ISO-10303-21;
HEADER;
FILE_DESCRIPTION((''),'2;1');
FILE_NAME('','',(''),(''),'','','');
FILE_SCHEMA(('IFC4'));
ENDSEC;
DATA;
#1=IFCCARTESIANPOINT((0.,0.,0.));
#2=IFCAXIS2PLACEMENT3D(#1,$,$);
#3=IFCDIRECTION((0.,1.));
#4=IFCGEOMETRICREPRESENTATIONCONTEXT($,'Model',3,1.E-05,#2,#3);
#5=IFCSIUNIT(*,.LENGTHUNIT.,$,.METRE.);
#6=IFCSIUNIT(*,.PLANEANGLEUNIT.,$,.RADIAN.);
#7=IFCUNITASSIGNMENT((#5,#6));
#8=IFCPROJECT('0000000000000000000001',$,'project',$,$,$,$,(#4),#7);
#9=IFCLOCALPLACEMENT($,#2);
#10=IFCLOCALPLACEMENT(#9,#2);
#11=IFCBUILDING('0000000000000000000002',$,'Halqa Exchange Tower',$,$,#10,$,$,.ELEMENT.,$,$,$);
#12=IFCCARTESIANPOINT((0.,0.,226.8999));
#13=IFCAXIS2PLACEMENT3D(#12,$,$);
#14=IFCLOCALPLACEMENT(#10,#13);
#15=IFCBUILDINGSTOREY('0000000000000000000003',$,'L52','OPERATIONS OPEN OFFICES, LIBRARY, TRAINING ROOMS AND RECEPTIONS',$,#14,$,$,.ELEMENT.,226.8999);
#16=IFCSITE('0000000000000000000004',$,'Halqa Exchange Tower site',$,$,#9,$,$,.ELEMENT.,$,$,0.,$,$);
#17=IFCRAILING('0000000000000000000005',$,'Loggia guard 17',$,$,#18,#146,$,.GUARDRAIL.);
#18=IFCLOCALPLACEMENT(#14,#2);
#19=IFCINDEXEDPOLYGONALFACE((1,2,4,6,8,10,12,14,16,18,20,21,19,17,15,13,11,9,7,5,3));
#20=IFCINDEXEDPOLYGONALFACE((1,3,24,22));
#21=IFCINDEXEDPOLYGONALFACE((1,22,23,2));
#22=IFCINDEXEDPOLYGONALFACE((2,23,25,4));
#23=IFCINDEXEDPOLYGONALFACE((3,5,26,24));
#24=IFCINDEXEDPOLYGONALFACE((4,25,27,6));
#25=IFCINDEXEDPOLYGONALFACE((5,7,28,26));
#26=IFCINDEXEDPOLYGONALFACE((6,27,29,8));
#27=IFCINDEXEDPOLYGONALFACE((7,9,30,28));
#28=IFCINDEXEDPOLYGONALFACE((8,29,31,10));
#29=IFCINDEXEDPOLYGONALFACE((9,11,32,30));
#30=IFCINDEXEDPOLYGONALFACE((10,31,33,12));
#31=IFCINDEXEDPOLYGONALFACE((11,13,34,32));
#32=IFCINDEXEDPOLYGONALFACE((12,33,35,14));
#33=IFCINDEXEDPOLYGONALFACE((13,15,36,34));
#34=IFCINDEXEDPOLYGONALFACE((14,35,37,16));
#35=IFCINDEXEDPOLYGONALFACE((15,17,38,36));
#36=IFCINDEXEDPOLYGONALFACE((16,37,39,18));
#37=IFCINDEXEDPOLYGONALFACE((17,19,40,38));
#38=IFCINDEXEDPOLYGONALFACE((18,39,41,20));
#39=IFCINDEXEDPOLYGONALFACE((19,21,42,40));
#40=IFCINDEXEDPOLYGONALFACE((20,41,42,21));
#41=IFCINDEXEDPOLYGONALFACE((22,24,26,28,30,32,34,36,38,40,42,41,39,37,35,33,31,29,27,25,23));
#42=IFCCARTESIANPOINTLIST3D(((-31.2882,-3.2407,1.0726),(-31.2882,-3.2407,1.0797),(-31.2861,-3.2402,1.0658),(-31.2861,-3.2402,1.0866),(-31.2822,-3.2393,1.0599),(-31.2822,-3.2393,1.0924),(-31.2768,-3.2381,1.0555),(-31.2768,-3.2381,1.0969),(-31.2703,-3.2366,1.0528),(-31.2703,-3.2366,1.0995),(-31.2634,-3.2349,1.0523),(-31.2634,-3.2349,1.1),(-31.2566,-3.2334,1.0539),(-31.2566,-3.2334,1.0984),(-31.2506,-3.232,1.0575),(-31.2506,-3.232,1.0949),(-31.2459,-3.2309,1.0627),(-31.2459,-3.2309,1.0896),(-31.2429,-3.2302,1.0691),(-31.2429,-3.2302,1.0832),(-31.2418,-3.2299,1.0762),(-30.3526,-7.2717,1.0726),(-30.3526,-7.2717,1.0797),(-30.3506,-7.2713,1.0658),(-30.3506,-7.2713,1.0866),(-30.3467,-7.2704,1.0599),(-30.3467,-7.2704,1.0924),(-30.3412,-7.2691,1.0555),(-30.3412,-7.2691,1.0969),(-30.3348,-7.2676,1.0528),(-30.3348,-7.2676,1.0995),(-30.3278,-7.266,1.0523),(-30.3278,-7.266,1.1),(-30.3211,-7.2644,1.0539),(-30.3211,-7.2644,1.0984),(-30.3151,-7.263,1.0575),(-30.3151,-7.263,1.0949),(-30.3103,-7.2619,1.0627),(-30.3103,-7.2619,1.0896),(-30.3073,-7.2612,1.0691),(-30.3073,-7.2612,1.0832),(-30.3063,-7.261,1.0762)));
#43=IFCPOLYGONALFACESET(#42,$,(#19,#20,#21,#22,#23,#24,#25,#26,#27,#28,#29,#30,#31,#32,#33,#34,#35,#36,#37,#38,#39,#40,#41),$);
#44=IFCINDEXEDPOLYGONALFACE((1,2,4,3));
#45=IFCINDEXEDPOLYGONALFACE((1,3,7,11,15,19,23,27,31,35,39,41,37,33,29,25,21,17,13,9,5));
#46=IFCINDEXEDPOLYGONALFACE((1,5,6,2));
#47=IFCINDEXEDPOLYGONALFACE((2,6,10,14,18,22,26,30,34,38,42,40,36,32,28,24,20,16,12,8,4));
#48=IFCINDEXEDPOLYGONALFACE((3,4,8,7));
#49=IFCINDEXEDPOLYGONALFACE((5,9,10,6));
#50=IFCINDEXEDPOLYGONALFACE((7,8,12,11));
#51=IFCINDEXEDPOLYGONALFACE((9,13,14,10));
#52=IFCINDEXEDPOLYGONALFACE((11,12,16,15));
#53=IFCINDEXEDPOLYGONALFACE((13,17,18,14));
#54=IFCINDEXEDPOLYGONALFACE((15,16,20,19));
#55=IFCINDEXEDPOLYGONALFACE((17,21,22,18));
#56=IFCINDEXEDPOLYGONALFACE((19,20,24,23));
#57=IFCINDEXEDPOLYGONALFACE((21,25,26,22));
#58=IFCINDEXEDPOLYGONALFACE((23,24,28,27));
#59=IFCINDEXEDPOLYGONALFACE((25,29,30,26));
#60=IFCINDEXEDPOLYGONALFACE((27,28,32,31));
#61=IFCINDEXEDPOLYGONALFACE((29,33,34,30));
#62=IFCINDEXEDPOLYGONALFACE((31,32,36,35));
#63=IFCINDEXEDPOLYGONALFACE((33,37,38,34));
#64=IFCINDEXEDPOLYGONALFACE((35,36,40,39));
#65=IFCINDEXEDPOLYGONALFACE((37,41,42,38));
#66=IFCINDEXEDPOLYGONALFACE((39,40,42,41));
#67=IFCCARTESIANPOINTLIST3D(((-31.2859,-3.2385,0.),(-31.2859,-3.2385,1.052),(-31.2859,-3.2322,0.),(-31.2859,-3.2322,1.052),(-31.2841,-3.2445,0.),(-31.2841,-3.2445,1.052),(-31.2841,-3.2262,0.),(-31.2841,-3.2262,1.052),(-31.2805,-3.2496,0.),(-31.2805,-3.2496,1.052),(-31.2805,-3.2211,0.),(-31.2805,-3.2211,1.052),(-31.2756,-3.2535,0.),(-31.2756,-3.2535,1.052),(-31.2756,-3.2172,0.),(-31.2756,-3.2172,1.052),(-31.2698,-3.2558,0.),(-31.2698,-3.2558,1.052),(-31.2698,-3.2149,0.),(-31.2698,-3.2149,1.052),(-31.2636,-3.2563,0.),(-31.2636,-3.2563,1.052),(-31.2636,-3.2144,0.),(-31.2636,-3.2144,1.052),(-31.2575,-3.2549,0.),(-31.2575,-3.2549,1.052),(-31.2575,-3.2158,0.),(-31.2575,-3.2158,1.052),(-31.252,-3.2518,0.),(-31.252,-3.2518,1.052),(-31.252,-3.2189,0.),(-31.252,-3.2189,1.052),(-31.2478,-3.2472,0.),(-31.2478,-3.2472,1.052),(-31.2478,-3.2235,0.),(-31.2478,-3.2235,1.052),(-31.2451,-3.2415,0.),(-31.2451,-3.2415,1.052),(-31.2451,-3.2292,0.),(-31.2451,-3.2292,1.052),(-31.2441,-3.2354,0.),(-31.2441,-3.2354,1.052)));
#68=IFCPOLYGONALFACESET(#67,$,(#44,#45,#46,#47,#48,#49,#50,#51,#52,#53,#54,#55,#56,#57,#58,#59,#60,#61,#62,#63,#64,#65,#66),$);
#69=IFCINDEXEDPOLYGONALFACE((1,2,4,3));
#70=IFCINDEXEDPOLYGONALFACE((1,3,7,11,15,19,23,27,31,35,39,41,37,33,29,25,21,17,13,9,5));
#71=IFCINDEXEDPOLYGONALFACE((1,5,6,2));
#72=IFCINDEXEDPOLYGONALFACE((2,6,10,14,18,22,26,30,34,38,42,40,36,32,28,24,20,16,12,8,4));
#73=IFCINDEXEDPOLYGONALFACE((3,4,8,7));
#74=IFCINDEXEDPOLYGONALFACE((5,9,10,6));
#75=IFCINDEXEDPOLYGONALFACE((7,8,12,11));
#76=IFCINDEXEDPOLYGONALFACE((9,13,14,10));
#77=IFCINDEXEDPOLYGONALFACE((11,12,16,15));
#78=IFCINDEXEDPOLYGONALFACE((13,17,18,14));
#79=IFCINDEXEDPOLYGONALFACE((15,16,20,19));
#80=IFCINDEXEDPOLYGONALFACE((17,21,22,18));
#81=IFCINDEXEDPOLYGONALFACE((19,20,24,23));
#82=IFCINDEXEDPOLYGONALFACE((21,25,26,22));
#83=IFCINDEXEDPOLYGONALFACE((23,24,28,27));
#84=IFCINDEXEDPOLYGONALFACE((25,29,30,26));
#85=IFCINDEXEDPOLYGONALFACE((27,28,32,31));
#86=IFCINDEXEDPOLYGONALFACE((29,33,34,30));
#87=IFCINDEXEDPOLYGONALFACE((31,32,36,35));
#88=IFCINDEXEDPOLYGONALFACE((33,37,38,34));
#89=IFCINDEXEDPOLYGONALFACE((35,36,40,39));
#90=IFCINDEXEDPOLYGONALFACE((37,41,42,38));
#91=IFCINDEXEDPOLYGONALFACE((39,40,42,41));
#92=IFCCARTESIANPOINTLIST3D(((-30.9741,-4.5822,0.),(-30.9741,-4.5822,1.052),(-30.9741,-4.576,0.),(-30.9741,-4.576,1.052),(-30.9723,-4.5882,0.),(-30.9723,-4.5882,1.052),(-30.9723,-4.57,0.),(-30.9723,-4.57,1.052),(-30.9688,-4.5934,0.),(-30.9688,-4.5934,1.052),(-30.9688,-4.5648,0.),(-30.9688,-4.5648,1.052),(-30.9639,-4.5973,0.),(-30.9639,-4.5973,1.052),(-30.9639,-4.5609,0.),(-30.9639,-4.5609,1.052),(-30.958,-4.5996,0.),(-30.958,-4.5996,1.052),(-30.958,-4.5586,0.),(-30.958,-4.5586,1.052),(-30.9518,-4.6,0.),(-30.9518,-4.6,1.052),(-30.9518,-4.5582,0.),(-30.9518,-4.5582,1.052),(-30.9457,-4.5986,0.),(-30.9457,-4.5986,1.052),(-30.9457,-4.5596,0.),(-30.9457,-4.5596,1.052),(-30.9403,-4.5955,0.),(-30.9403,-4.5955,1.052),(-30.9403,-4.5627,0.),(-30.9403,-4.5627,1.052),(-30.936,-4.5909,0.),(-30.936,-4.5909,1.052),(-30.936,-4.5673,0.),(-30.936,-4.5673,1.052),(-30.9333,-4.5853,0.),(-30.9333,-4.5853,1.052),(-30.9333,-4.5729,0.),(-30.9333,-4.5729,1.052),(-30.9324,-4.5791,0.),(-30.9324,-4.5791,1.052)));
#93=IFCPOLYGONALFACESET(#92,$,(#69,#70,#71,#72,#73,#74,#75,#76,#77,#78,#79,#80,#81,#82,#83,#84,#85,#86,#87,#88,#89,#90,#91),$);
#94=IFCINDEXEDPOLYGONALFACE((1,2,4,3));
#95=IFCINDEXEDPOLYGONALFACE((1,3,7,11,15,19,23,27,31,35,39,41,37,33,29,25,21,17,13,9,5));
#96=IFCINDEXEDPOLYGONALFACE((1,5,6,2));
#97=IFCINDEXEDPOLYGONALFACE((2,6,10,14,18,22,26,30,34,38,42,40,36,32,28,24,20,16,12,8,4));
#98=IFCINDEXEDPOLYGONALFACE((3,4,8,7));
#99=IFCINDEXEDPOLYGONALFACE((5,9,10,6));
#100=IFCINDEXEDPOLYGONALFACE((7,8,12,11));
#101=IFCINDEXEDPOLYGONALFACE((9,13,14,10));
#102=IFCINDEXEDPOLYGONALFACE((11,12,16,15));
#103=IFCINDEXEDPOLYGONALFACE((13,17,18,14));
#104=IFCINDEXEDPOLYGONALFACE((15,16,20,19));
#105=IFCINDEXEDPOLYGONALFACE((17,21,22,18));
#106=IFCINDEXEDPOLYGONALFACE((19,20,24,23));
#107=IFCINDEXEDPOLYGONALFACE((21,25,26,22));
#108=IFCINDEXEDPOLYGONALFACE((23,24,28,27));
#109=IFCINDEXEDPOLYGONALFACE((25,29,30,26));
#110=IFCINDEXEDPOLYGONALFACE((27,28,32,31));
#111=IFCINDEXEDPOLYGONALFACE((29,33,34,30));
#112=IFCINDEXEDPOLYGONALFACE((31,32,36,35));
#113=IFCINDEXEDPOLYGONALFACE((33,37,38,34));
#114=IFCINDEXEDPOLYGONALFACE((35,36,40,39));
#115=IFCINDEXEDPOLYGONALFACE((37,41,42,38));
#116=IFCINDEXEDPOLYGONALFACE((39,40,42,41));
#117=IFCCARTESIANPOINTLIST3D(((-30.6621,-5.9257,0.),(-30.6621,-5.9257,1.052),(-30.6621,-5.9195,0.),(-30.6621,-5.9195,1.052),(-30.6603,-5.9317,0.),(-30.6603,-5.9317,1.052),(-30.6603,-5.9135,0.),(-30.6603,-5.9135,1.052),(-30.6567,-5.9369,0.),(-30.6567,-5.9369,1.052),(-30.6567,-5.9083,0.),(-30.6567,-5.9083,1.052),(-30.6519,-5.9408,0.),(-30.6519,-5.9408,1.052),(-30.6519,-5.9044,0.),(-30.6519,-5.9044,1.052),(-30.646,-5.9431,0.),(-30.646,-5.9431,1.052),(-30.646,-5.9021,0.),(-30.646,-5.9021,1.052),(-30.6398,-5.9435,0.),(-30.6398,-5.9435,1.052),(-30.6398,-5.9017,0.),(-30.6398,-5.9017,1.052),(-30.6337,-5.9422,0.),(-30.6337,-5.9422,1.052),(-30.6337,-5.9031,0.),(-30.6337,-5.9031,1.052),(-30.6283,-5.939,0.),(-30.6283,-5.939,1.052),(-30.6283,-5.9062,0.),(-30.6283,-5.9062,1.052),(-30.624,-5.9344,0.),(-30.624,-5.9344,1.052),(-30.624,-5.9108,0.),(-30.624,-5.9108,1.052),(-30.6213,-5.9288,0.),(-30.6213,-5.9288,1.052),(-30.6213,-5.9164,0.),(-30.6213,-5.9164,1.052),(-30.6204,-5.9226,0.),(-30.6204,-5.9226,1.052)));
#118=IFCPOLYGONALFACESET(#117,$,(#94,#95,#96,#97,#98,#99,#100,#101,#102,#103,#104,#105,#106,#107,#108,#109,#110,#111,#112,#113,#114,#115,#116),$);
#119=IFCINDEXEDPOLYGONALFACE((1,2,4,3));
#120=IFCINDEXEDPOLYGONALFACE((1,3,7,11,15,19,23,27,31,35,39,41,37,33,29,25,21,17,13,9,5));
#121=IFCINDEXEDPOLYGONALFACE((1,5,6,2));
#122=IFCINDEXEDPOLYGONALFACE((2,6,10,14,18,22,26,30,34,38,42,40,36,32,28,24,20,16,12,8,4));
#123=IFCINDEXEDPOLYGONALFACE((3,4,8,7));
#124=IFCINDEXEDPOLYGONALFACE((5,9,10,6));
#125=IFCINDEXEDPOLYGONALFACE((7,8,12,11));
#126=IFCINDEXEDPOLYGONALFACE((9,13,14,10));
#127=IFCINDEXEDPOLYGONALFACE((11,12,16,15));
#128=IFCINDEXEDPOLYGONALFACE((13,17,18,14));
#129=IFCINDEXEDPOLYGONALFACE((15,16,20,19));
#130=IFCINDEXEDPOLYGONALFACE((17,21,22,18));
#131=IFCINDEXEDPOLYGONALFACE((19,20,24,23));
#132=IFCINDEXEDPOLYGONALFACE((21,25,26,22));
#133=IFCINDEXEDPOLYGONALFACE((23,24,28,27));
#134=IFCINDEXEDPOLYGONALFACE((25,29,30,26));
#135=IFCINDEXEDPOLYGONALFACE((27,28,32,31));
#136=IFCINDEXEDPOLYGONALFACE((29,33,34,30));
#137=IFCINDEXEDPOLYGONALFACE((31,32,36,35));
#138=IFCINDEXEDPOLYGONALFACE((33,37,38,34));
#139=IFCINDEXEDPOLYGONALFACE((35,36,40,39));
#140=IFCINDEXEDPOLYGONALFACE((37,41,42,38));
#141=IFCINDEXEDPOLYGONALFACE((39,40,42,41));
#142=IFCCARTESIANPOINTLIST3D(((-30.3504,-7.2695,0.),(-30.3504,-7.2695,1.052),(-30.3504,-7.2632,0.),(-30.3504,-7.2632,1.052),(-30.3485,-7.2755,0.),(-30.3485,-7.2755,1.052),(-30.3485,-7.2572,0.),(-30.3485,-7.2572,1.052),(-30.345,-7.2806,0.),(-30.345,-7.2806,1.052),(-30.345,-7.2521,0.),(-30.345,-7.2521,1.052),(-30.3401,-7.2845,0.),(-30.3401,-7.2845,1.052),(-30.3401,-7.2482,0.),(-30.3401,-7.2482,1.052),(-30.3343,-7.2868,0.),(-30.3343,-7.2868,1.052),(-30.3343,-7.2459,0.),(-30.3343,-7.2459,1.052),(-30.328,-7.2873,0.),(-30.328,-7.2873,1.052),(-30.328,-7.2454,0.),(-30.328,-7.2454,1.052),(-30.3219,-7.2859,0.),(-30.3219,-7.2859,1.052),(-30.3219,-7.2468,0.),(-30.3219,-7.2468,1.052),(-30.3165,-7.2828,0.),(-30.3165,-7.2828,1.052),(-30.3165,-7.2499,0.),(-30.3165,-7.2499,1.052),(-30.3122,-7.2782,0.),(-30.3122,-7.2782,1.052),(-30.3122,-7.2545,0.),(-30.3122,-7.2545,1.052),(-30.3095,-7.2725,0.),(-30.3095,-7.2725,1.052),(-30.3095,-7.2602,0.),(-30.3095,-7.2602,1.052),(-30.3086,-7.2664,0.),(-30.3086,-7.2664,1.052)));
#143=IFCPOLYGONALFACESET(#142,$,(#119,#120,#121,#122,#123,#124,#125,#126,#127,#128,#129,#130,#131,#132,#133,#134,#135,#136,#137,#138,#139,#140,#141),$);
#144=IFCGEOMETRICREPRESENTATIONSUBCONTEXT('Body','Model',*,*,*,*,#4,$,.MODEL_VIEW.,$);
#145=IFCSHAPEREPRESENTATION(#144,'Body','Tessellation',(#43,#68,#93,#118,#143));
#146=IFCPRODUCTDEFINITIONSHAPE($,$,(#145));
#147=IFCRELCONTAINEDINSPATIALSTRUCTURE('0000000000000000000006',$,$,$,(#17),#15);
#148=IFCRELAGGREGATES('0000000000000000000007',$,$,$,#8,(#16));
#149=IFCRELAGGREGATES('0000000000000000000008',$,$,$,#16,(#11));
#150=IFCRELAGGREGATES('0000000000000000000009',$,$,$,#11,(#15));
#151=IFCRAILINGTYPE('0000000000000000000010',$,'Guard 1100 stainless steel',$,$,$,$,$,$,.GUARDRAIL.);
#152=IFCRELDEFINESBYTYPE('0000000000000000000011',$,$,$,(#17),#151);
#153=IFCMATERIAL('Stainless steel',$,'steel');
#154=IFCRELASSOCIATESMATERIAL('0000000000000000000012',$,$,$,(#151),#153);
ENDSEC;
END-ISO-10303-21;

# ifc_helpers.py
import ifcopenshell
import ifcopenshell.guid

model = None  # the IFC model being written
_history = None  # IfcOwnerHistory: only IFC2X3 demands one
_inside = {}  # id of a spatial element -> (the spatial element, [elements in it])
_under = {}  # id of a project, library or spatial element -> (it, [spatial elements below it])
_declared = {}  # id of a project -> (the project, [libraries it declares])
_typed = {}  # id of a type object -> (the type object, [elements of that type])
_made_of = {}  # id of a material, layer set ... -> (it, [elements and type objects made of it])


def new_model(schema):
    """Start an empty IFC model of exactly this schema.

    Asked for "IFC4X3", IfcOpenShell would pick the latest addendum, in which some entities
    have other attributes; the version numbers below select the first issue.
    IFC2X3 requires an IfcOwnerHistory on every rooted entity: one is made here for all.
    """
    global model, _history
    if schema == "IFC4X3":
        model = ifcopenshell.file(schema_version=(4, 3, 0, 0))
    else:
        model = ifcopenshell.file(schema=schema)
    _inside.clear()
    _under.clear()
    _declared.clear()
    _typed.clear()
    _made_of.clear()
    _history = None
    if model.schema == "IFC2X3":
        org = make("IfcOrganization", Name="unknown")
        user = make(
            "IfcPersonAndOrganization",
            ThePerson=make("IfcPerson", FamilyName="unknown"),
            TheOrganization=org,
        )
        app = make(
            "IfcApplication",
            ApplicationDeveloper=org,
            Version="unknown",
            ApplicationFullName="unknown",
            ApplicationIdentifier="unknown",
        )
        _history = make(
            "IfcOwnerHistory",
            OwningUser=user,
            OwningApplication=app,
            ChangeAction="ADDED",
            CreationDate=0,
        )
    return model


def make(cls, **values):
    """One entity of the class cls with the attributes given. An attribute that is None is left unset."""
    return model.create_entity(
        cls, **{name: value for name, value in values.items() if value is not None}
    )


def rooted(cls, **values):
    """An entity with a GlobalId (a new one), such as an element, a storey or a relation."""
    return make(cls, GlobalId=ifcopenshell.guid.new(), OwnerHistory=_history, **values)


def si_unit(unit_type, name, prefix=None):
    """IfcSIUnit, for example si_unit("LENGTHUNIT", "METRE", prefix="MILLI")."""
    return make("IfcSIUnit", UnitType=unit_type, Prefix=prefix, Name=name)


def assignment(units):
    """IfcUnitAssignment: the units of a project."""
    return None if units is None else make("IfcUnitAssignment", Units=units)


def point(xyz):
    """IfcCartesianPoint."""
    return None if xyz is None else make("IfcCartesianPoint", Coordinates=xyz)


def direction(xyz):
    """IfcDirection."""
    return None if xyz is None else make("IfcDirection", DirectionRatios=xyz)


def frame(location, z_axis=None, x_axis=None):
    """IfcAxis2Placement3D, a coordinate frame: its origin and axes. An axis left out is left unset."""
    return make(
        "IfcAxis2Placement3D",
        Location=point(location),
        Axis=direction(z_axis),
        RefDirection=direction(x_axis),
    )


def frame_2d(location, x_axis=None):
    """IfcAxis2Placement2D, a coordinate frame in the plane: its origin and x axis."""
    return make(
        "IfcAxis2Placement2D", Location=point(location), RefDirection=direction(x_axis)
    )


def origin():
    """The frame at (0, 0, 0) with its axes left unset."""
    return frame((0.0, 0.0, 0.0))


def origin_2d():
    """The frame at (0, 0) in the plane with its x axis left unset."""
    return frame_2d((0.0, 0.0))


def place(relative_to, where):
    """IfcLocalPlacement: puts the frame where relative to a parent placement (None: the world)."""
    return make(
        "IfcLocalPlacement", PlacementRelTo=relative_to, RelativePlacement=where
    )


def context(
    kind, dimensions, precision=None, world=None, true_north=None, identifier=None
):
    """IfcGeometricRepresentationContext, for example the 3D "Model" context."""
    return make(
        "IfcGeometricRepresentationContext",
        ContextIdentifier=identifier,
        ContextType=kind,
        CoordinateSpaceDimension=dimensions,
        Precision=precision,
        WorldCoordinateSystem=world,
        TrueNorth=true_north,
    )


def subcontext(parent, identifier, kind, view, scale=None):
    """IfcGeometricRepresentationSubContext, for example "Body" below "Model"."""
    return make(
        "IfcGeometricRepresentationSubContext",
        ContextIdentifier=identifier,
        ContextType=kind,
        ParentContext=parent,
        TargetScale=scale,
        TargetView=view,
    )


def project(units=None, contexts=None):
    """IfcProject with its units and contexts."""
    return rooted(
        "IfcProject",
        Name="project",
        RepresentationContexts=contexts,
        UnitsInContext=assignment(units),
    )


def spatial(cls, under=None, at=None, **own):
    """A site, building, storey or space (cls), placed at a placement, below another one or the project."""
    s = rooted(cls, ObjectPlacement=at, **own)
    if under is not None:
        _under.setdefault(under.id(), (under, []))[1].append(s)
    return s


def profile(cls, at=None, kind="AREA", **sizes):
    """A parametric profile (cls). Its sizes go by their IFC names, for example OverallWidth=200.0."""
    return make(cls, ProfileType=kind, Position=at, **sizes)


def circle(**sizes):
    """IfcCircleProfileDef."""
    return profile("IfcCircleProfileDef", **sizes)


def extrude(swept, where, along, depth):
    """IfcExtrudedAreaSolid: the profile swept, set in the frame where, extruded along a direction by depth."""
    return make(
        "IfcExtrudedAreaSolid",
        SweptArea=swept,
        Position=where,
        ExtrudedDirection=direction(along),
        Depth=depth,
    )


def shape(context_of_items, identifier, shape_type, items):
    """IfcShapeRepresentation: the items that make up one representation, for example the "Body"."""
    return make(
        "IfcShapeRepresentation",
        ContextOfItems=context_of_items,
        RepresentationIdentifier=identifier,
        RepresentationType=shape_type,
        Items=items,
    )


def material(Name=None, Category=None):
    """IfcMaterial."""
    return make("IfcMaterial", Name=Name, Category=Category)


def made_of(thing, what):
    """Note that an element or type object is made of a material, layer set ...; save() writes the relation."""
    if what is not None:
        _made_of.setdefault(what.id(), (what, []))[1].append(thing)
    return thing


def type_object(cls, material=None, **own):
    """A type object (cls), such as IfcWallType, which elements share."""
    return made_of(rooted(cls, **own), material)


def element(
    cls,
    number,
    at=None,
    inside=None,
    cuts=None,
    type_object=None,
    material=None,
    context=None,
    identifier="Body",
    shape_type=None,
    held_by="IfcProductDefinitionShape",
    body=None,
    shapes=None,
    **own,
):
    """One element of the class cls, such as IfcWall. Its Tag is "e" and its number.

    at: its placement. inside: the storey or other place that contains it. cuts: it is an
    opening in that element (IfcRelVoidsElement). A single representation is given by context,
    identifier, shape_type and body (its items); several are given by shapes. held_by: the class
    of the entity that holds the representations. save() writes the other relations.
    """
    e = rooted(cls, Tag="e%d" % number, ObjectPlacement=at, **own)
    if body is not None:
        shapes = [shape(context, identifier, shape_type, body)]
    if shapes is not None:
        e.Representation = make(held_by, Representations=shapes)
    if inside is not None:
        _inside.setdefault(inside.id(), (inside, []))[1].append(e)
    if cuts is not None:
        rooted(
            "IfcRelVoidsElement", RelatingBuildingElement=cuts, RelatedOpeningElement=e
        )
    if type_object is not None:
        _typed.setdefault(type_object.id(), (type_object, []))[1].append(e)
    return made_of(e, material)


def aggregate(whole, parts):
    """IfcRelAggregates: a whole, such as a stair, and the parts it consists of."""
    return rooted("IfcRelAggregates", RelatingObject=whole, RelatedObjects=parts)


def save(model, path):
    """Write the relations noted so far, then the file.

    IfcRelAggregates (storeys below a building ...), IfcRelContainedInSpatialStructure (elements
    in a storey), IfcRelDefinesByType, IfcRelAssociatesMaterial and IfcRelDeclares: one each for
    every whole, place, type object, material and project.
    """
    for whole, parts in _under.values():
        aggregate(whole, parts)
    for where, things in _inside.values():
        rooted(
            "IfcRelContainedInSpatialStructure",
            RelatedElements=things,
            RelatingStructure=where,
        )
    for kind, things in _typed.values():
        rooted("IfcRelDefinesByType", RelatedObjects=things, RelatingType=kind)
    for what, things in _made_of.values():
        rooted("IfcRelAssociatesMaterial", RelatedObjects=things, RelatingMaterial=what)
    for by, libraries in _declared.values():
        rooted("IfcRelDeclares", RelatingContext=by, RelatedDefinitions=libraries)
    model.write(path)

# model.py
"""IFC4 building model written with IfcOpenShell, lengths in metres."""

from ifc_helpers import new_model, si_unit, direction, frame, origin, origin_2d, place, context, subcontext, project, spatial, circle, extrude, material, type_object, element, save


model = new_model("IFC4")

# Units and contexts
model_context = context("Model", 3, precision=1e-05, world=origin(), true_north=direction((0.0, 1.0)))
body_context = subcontext(model_context, "Body", "Model", "MODEL_VIEW")
ifc_project = project(units=[si_unit("LENGTHUNIT", "METRE"), si_unit("PLANEANGLEUNIT", "RADIAN")], contexts=[model_context])

# Site, building, storey
site_placement = place(None, origin())
site = spatial("IfcSite", under=ifc_project, at=site_placement, Name="Halqa Exchange Tower site", CompositionType="ELEMENT", RefElevation=0.0)
building_placement = place(site_placement, origin())
building = spatial("IfcBuilding", under=site, at=building_placement, Name="Halqa Exchange Tower", CompositionType="ELEMENT")
storey_placement = place(building_placement, frame((0.0, 0.0, 226.8999)))
storey = spatial("IfcBuildingStorey", under=building, at=storey_placement, Name="L52", Description="OPERATIONS OPEN OFFICES, LIBRARY, TRAINING ROOMS AND RECEPTIONS", CompositionType="ELEMENT", Elevation=226.8999)

# Railing
ifc_material_1 = material(Name="Stainless steel", Category="steel")
railing_type = type_object("IfcRailingType", Name="Guard 1100 stainless steel", PredefinedType="GUARDRAIL", material=ifc_material_1)
railing_1_placement = place(storey_placement, frame((-31.2651, -3.2354, 0.0)))
element("IfcRailing", 1, at=railing_1_placement, inside=storey, type_object=railing_type, Name="Loggia guard 17", PredefinedType="GUARDRAIL", context=body_context, shape_type="SweptSolid", body=[
    extrude(circle(Radius=0.0239, at=origin_2d()), frame((0.0, 0.0, 1.0762), z_axis=(0.226079, -0.974109, 0.0), x_axis=(0.974109, 0.226079, 0.0)), (0.0, 0.0, 1.0), 4.1382),
    extrude(circle(Radius=0.021, at=origin_2d()), origin(), (0.0, 0.0, 1.0), 1.052),
    extrude(circle(Radius=0.021, at=origin_2d()), frame((0.3118, -1.3438, 0.0)), (0.0, 0.0, 1.0), 1.052),
    extrude(circle(Radius=0.021, at=origin_2d()), frame((0.6238, -2.6873, 0.0)), (0.0, 0.0, 1.0), 1.052),
    extrude(circle(Radius=0.021, at=origin_2d()), frame((0.9355, -4.031, 0.0)), (0.0, 0.0, 1.0), 1.052),
])

save(model, "model.ifc")
